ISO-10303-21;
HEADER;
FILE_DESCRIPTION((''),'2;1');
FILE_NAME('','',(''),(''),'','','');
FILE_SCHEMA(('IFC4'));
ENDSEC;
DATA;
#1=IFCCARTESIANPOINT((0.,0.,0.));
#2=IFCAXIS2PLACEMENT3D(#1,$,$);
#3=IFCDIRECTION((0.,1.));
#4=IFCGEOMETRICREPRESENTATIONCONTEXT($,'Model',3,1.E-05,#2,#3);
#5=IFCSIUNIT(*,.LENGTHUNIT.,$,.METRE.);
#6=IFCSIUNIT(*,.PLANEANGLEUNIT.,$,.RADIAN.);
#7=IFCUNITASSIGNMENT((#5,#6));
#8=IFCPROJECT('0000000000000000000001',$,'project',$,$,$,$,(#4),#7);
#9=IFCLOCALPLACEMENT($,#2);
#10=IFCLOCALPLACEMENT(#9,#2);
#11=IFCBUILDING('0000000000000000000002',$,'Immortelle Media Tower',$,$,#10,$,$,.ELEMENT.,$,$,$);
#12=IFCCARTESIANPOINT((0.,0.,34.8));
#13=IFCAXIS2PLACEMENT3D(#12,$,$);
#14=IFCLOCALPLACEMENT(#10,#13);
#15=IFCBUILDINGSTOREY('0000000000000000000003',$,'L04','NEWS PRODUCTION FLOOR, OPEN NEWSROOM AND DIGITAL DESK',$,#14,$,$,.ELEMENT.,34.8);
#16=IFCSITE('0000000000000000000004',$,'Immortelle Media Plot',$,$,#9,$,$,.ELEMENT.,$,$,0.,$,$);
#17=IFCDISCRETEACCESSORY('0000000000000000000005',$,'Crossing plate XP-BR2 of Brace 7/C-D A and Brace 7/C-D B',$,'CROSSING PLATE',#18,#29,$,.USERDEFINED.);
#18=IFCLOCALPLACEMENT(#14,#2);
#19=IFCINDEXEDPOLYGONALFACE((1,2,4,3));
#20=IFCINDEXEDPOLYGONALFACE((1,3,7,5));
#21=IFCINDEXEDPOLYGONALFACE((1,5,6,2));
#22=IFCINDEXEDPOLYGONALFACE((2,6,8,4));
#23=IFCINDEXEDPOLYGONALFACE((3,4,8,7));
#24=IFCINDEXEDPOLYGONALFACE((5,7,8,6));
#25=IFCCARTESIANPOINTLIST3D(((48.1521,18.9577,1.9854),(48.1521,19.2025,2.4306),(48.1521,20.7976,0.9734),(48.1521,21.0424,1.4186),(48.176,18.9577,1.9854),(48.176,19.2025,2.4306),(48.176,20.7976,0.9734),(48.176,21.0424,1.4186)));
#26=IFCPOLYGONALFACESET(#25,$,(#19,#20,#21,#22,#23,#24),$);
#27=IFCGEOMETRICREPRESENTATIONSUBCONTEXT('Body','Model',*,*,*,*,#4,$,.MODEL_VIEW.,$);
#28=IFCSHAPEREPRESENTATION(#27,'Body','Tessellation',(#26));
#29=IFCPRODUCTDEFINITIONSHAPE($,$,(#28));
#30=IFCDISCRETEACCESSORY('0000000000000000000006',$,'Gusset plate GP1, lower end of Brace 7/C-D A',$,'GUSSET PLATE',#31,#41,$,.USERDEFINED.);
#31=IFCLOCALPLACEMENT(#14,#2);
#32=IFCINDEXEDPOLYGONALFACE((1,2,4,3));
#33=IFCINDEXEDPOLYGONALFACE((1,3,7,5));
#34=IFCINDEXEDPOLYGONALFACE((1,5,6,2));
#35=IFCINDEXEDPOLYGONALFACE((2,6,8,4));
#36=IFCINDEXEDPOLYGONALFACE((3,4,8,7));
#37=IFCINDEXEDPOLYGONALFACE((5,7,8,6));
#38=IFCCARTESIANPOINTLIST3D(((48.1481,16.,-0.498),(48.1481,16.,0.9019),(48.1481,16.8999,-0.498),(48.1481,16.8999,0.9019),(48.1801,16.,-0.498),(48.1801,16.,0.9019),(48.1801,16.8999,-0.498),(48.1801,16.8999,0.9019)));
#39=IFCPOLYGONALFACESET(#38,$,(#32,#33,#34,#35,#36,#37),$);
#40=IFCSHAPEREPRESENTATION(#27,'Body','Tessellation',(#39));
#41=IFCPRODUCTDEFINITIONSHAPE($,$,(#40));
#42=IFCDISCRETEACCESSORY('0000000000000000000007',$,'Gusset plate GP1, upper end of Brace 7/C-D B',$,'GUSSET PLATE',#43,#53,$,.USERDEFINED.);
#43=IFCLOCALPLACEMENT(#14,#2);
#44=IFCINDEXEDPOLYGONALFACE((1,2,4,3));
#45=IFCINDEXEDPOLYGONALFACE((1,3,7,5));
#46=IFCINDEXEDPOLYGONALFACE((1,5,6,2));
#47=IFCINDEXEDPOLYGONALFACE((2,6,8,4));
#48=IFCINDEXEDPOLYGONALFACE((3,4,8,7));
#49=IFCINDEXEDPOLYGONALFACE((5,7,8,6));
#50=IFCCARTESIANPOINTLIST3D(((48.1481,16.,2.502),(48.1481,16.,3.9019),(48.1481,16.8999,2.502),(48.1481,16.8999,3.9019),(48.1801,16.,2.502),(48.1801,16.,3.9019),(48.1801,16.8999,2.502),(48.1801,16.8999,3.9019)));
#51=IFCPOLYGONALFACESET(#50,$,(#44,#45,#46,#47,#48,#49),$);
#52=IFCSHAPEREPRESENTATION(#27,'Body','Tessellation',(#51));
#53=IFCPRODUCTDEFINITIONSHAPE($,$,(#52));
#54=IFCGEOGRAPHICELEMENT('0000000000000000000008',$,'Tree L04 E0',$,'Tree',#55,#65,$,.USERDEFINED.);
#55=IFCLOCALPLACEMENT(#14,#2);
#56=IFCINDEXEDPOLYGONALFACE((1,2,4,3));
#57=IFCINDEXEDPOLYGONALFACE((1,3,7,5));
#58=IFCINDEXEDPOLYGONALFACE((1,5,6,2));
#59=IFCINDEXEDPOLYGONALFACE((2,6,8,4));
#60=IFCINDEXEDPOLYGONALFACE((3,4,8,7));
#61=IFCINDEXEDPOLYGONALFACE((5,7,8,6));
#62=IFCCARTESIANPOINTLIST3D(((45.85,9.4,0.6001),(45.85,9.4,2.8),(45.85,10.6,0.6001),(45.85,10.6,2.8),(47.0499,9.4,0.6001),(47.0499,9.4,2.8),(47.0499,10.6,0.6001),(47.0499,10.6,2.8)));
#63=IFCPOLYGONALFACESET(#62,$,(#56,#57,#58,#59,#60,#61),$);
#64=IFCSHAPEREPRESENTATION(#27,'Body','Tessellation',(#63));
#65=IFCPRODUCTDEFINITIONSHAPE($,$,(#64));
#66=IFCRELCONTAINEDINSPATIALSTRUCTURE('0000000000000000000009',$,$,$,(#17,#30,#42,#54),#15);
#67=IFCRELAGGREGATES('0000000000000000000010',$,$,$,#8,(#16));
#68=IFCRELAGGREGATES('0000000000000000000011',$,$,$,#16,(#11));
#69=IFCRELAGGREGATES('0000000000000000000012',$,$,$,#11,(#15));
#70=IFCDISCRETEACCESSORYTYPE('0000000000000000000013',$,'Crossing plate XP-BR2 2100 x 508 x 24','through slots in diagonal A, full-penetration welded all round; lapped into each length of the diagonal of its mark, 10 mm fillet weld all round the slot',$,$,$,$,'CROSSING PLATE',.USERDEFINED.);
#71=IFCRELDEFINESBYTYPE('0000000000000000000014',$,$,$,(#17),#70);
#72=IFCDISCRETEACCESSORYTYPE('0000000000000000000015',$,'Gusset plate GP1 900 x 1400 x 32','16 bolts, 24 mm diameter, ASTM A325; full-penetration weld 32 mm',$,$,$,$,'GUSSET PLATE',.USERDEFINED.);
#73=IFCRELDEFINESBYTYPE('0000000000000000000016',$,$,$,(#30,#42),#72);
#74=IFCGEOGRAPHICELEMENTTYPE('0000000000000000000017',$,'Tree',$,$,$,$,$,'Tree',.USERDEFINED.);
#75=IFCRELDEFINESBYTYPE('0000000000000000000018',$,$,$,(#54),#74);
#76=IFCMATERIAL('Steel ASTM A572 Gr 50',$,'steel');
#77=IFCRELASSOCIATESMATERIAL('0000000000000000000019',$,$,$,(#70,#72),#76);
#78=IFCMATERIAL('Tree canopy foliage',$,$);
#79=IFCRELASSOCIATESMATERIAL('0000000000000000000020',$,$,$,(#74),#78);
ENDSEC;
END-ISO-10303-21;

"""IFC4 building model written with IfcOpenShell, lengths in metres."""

from ifc_helpers import new_model, si_unit, direction, frame, origin, origin_2d, place, context, subcontext, project, spatial, rectangle, extrude, material, material_profile, profile_set, type_object, element, save


model = new_model("IFC4")

# Units and contexts
model_context = context("Model", 3, precision=1e-05, world=origin(), true_north=direction((0.0, 1.0)))
body_context = subcontext(model_context, "Body", "Model", "MODEL_VIEW")
ifc_project = project(units=[si_unit("LENGTHUNIT", "METRE"), si_unit("PLANEANGLEUNIT", "RADIAN")], contexts=[model_context])

# Site, building, storey
site_placement = place(None, origin())
site = spatial("IfcSite", under=ifc_project, at=site_placement, Name="Immortelle Media Plot", CompositionType="ELEMENT", RefElevation=0.0)
building_placement = place(site_placement, origin())
building = spatial("IfcBuilding", under=site, at=building_placement, Name="Immortelle Media Tower", CompositionType="ELEMENT")
storey_placement = place(building_placement, frame((0.0, 0.0, 34.8)))
storey = spatial("IfcBuildingStorey", under=building, at=storey_placement, Name="L04", Description="NEWS PRODUCTION FLOOR, OPEN NEWSROOM AND DIGITAL DESK", CompositionType="ELEMENT", Elevation=34.8)

# Discrete accessories
ifc_material_1 = material(Name="Steel ASTM A572 Gr 50", Category="steel")
ifc_material_profile_1 = material_profile(ifc_material_1, rectangle(XDim=0.0239, YDim=0.5081, at=origin_2d()), Name="PL 24 x 508")
ifc_profile_set_1 = profile_set([ifc_material_profile_1], Name="Steel ASTM A572 Gr 50")
discrete_accessory_type_1 = type_object("IfcDiscreteAccessoryType", Name="Crossing plate XP-BR2 2100 x 508 x 24", Description="through slots in diagonal A, full-penetration welded all round; lapped into each length of the diagonal of its mark, 10 mm fillet weld all round the slot", ElementType="CROSSING PLATE", PredefinedType="USERDEFINED", material=ifc_profile_set_1)
discrete_accessory_placement = place(storey_placement, frame((48.1641, 19.0801, 2.208), z_axis=(0.0, 0.876206, -0.481937), x_axis=(-1.0, 0.0, 0.0)))
element("IfcDiscreteAccessory", 1, at=discrete_accessory_placement, inside=storey, type_object=discrete_accessory_type_1, Name="Crossing plate XP-BR2 of Brace 7/C-D A and Brace 7/C-D B", ObjectType="CROSSING PLATE", PredefinedType="USERDEFINED", context=body_context, shape_type="SweptSolid", body=[
    extrude(rectangle(XDim=0.0239, YDim=0.5081, at=origin_2d()), origin(), (0.0, 0.0, 1.0), 2.0999),
])
ifc_material_profile_2 = material_profile(ifc_material_1, rectangle(XDim=0.032, YDim=1.3999, at=origin_2d()), Name="PL 32 x 1400")
ifc_profile_set_2 = profile_set([ifc_material_profile_2], Name="Steel ASTM A572 Gr 50")
discrete_accessory_type_2 = type_object("IfcDiscreteAccessoryType", Name="Gusset plate GP1 900 x 1400 x 32", Description="16 bolts, 24 mm diameter, ASTM A325; full-penetration weld 32 mm", ElementType="GUSSET PLATE", PredefinedType="USERDEFINED", material=ifc_profile_set_2)
for number, where, z_axis, x_axis, name in (
    (2, (48.1641, 16.0, 0.2019), (0.0, 1.0, 0.0), (-1.0, 0.0, 0.0), "Gusset plate GP1, lower end of Brace 7/C-D A"),
    (3, (48.1641, 16.0, 3.2019), (0.0, 1.0, 0.0), (-1.0, 0.0, 0.0), "Gusset plate GP1, upper end of Brace 7/C-D B"),
):
    element("IfcDiscreteAccessory", number, at=place(storey_placement, frame(where, z_axis=z_axis, x_axis=x_axis)), inside=storey, type_object=discrete_accessory_type_2, Name=name, ObjectType="GUSSET PLATE", PredefinedType="USERDEFINED", context=body_context, shape_type="SweptSolid", body=[
        extrude(rectangle(XDim=0.032, YDim=1.3999, at=origin_2d()), origin(), (0.0, 0.0, 1.0), 0.8999),
    ])

# Geographic element
ifc_material_2 = material(Name="Tree canopy foliage")
geographic_element_type = type_object("IfcGeographicElementType", Name="Tree", ElementType="Tree", PredefinedType="USERDEFINED", material=ifc_material_2)
geographic_element_placement = place(storey_placement, frame((46.45, 10.0, 0.6001), z_axis=(0.0, 0.0, 1.0), x_axis=(1.0, 0.0, 0.0)))
element("IfcGeographicElement", 4, at=geographic_element_placement, inside=storey, type_object=geographic_element_type, Name="Tree L04 E0", ObjectType="Tree", PredefinedType="USERDEFINED", context=body_context, shape_type="SweptSolid", body=[
    extrude(rectangle(XDim=1.2, YDim=1.2, at=origin_2d()), origin(), (0.0, 0.0, 1.0), 2.2),
])

save(model, "model.ifc")
